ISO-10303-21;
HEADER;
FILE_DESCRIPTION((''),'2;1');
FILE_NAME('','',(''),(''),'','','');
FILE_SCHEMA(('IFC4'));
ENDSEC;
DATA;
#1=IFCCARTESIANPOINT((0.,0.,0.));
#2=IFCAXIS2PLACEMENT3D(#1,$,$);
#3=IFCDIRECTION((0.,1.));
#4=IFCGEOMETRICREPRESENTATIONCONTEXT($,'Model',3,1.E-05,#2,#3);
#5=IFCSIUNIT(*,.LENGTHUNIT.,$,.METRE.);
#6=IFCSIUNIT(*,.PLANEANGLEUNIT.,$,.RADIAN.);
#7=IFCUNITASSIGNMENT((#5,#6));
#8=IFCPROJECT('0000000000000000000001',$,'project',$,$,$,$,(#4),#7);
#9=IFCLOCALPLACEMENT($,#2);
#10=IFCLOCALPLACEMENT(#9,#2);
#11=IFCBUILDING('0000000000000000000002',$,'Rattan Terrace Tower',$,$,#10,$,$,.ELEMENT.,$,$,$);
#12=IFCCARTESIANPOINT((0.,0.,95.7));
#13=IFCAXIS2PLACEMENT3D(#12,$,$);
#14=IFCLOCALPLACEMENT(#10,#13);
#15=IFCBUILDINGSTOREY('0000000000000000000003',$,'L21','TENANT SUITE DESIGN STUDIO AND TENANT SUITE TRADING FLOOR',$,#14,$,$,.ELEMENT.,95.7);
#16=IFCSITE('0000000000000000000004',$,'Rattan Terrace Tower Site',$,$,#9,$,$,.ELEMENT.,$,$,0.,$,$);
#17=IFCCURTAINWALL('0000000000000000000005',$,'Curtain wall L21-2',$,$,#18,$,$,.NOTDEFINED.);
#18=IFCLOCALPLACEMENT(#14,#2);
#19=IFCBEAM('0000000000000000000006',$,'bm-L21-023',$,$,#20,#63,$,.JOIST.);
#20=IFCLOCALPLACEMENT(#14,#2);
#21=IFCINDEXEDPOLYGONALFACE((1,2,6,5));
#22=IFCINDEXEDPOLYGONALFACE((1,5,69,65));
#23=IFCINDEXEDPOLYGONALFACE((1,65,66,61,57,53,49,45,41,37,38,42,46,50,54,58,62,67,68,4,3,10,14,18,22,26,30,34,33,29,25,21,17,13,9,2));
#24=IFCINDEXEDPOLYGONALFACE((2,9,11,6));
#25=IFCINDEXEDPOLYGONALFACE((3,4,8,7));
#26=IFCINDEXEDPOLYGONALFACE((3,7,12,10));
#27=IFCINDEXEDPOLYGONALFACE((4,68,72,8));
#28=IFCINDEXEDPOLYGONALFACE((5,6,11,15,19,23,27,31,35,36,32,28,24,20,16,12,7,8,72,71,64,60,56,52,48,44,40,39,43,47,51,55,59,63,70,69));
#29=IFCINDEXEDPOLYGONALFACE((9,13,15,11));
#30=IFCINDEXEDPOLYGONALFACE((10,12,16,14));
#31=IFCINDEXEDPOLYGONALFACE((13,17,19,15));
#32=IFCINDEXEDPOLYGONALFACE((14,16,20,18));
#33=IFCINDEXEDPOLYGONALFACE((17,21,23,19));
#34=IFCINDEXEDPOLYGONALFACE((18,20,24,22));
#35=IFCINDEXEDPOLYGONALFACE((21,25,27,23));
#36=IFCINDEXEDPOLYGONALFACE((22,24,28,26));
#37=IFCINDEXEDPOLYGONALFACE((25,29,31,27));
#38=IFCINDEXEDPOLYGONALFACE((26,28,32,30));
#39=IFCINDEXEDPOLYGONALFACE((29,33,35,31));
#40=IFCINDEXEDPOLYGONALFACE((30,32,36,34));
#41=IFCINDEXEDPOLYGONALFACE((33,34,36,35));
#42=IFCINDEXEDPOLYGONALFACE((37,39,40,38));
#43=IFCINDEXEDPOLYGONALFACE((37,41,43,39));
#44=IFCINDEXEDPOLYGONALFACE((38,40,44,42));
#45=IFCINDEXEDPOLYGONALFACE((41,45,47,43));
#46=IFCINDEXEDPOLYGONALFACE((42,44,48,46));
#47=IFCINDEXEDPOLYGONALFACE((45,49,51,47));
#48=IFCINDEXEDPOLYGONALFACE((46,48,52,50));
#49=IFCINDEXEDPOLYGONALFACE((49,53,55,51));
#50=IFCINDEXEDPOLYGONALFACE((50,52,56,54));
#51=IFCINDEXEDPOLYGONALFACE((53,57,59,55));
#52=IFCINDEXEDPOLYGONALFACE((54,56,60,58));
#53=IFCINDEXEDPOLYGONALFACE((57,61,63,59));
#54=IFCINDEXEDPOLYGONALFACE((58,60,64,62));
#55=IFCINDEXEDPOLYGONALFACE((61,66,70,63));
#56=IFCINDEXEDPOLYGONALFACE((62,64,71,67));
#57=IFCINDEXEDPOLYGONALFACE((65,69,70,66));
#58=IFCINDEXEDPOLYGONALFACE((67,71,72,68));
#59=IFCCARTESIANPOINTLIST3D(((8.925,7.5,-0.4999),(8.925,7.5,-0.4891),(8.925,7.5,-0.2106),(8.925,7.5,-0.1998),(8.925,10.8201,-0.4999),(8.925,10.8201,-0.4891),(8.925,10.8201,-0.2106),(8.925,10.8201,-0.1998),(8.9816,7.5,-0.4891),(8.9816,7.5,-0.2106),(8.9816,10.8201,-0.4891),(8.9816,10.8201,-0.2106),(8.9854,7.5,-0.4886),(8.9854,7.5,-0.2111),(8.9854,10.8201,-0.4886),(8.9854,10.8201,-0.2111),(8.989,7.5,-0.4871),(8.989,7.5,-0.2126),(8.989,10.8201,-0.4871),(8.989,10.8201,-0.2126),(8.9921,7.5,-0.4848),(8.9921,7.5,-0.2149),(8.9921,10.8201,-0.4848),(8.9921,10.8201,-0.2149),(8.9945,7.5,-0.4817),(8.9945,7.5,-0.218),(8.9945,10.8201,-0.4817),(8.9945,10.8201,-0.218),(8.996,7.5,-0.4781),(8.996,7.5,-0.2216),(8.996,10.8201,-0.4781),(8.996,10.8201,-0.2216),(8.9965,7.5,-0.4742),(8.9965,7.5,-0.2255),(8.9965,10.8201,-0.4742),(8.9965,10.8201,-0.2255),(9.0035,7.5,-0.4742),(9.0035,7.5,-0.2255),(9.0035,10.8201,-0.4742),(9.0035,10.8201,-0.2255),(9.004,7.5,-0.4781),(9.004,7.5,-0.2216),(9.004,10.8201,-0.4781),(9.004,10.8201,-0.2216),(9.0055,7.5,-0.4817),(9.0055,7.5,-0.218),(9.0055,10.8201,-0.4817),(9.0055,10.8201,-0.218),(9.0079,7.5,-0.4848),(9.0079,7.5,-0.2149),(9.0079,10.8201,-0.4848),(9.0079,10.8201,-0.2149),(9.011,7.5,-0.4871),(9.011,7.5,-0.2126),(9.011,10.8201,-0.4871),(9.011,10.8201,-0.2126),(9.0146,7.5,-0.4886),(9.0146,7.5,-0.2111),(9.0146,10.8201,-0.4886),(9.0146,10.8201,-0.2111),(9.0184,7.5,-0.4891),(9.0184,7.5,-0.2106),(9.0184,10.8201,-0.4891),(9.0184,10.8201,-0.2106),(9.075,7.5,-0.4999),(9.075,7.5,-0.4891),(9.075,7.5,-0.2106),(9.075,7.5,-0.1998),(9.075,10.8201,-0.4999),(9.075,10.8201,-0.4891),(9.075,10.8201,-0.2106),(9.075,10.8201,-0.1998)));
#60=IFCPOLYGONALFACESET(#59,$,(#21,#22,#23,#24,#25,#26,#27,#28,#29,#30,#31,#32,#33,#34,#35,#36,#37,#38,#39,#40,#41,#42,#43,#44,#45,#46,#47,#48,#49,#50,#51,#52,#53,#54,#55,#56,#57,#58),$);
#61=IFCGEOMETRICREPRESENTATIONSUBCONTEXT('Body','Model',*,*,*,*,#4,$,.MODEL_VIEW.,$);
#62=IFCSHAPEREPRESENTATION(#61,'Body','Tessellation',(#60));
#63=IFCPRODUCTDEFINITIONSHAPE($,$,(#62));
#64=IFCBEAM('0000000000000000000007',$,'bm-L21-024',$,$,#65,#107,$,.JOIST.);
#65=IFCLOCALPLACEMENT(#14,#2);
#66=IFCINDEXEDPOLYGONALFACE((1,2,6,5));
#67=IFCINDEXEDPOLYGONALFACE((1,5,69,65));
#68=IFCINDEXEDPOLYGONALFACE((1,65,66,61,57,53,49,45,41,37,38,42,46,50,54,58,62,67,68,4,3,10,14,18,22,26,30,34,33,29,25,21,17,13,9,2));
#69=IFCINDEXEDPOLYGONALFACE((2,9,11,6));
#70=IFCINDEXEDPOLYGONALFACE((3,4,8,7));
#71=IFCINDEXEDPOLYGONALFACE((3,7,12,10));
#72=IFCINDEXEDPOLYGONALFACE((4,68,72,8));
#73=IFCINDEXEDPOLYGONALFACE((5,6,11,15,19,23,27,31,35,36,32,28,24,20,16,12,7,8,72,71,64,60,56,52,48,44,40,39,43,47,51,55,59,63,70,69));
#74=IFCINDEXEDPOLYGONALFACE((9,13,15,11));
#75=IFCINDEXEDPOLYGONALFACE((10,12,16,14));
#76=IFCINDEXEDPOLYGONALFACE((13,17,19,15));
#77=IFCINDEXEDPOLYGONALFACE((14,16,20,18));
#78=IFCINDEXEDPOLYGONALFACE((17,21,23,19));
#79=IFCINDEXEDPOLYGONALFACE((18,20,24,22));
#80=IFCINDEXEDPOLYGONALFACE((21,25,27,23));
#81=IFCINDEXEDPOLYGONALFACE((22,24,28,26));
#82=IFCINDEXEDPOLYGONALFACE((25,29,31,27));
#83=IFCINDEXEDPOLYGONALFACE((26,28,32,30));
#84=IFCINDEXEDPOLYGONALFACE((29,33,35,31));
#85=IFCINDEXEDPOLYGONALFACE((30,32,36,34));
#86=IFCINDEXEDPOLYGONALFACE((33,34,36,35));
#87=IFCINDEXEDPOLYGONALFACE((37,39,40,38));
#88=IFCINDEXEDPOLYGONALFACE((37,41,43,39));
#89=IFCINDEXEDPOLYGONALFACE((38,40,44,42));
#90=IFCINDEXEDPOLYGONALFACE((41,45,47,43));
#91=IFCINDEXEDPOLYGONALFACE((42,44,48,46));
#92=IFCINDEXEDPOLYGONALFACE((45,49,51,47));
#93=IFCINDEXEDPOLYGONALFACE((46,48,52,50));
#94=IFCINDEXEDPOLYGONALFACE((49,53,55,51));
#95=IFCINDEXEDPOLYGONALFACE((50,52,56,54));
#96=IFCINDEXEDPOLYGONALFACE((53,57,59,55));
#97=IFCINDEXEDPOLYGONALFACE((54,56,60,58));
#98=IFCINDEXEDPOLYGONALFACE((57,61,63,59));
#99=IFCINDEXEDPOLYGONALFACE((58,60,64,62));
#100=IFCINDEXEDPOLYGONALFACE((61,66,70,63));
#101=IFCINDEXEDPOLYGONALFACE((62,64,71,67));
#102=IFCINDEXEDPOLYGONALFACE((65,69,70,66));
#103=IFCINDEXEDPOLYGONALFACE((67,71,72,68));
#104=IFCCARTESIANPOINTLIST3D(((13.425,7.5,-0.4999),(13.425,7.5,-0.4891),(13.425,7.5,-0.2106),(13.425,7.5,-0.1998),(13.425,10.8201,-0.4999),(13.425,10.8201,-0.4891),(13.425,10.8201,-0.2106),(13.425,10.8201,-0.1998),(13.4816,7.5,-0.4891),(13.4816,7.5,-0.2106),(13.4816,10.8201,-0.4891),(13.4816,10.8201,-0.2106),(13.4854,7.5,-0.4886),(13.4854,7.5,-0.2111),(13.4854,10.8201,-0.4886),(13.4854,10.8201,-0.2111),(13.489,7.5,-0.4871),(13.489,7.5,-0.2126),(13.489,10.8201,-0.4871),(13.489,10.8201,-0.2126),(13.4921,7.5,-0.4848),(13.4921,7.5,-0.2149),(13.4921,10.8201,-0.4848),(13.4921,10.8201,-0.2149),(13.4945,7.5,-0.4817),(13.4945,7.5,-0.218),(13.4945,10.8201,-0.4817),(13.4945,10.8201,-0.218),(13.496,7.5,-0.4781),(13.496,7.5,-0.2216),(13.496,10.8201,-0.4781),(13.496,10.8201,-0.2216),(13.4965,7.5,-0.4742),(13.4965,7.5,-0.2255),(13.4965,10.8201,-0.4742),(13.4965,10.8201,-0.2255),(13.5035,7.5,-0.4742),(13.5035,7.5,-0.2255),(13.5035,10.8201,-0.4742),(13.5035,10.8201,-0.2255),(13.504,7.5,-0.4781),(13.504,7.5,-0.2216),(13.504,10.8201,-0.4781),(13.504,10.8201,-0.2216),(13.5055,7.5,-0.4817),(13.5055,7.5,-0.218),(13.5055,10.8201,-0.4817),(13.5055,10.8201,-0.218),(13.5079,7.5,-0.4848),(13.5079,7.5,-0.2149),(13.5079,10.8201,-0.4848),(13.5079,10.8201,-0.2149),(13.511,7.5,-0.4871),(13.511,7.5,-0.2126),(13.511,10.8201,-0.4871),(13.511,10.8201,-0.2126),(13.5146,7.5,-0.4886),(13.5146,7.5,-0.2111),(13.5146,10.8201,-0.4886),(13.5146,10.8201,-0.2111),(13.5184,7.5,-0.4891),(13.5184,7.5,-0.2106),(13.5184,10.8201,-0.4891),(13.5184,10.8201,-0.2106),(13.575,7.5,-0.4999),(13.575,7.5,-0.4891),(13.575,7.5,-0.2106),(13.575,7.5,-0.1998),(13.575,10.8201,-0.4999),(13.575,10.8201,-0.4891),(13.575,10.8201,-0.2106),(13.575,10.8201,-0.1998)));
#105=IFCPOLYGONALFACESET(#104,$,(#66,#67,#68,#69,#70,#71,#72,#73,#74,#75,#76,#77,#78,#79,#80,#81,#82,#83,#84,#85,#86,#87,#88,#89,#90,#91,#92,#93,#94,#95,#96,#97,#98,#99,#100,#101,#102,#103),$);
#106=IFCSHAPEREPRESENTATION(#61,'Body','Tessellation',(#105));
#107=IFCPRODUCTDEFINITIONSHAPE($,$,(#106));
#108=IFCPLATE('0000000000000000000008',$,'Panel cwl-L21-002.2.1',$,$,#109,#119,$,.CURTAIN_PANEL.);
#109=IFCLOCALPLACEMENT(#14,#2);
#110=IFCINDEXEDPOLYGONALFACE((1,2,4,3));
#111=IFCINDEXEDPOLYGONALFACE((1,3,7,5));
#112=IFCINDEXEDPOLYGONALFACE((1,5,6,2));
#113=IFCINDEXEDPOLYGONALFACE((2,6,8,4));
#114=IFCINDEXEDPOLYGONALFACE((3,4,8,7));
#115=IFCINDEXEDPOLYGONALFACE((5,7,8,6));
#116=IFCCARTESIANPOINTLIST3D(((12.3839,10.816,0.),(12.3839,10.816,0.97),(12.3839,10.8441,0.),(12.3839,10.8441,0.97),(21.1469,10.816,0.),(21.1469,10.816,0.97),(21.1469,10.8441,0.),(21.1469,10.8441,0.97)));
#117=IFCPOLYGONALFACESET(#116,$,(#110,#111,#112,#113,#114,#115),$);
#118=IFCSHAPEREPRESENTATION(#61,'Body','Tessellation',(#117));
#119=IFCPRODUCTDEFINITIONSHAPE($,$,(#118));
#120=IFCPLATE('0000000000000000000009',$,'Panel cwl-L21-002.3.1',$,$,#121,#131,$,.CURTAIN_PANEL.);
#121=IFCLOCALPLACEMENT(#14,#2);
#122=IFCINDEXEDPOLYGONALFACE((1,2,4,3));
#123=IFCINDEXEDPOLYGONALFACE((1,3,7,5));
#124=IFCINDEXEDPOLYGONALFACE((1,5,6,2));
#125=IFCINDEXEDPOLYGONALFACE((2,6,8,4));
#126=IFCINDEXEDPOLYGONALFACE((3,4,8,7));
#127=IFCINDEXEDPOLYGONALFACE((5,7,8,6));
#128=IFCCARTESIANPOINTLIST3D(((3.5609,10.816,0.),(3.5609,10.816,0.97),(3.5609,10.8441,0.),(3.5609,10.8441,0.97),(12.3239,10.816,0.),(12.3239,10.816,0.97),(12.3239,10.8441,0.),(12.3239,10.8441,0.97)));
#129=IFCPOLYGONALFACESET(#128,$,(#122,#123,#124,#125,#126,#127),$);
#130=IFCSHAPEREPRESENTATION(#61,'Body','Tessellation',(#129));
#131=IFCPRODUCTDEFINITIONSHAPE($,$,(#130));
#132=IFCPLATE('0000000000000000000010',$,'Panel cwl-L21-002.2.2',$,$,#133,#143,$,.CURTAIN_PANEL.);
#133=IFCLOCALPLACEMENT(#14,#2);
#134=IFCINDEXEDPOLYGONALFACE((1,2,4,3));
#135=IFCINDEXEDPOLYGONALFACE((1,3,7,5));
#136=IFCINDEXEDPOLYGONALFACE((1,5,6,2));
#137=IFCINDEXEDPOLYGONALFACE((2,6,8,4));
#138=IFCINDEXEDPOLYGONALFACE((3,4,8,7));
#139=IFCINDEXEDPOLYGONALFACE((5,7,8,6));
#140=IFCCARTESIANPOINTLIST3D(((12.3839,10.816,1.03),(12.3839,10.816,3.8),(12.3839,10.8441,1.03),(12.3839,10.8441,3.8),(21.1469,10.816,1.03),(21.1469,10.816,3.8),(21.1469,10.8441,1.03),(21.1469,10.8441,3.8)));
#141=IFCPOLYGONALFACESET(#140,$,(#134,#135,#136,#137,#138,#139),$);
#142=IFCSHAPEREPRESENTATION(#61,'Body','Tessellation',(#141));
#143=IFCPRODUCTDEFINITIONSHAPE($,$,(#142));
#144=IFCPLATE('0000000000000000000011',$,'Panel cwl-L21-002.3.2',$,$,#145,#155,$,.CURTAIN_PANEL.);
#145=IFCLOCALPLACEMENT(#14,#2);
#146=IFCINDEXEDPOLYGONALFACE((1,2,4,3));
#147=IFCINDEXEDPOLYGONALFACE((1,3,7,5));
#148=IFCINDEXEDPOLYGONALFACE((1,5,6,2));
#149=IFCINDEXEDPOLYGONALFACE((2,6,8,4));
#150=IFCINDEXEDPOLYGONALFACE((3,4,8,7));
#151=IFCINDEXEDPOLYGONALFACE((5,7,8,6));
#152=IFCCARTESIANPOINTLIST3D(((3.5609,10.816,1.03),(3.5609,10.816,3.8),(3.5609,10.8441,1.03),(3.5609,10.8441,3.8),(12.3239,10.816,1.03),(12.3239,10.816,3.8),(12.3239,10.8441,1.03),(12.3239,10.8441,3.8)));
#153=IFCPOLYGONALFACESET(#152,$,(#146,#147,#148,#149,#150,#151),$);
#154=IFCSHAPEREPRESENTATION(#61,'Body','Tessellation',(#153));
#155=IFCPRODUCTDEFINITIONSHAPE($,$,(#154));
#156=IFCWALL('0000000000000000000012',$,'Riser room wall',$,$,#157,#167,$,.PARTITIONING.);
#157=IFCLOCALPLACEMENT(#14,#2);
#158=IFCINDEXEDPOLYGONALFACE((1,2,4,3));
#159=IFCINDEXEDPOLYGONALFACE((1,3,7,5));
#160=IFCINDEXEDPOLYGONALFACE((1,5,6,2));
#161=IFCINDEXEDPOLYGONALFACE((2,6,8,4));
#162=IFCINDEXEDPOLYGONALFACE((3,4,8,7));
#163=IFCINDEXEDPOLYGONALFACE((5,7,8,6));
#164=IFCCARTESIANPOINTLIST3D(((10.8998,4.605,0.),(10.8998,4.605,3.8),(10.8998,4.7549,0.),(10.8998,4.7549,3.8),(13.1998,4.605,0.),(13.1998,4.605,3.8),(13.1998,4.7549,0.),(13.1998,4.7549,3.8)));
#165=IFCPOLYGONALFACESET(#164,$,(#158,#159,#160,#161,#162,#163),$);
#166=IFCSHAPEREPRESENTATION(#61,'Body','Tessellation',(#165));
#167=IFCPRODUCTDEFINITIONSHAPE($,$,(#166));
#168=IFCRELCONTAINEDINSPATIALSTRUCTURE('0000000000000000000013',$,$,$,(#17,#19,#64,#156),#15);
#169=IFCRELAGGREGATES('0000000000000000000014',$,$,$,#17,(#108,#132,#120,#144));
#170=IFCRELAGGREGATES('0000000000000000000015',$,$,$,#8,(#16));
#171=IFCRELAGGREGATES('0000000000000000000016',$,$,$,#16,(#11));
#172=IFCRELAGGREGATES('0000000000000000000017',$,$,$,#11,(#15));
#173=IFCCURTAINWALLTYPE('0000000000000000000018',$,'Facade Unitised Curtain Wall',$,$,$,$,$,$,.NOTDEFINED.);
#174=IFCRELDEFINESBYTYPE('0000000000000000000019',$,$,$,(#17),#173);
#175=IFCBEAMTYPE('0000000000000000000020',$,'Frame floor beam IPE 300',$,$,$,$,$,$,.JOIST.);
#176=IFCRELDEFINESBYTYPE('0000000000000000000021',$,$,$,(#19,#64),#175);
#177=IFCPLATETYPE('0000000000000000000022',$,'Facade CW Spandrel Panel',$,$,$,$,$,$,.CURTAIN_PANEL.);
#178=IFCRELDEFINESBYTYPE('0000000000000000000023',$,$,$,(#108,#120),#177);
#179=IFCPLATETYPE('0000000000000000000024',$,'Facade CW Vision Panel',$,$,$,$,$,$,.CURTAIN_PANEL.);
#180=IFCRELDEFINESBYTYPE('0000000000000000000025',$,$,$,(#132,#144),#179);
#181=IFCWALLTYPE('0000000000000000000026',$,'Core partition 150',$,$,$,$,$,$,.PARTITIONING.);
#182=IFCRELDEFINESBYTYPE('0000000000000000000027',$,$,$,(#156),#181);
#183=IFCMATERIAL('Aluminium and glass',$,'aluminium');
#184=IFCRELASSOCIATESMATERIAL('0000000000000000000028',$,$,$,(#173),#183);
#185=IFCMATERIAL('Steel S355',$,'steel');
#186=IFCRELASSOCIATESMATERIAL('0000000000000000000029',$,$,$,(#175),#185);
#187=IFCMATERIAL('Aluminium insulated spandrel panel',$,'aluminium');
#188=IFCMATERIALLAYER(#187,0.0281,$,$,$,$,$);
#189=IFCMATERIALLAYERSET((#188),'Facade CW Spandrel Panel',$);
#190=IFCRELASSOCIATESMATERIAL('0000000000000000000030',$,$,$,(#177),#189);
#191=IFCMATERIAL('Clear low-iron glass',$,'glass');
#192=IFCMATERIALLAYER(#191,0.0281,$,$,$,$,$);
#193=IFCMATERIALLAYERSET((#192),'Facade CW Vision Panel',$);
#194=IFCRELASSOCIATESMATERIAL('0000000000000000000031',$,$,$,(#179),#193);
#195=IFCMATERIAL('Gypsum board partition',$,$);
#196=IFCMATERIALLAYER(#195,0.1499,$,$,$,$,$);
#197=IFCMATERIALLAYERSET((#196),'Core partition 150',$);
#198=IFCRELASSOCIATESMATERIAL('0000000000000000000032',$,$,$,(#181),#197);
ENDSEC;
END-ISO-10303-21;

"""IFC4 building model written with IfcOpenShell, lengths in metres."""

from ifc_helpers import new_model, si_unit, direction, frame, frame_2d, origin, origin_2d, place, context, subcontext, project, spatial, rectangle, i_section, extrude, material, layer, layer_set, material_profile, profile_set, type_object, element, aggregate, save


model = new_model("IFC4")

# Units and contexts
model_context = context("Model", 3, precision=1e-05, world=origin(), true_north=direction((0.0, 1.0)))
body_context = subcontext(model_context, "Body", "Model", "MODEL_VIEW")
ifc_project = project(units=[si_unit("LENGTHUNIT", "METRE"), si_unit("PLANEANGLEUNIT", "RADIAN")], contexts=[model_context])

# Site, building, storey
site_placement = place(None, origin())
site = spatial("IfcSite", under=ifc_project, at=site_placement, Name="Rattan Terrace Tower Site", CompositionType="ELEMENT", RefElevation=0.0)
building_placement = place(site_placement, origin())
building = spatial("IfcBuilding", under=site, at=building_placement, Name="Rattan Terrace Tower", CompositionType="ELEMENT")
storey_placement = place(building_placement, frame((0.0, 0.0, 95.7)))
storey = spatial("IfcBuildingStorey", under=building, at=storey_placement, Name="L21", Description="TENANT SUITE DESIGN STUDIO AND TENANT SUITE TRADING FLOOR", CompositionType="ELEMENT", Elevation=95.7)

# Curtain wall
ifc_material_1 = material(Name="Aluminium and glass", Category="aluminium")
curtain_wall_type = type_object("IfcCurtainWallType", Name="Facade Unitised Curtain Wall", PredefinedType="NOTDEFINED", material=ifc_material_1)
curtain_wall_placement = place(storey_placement, origin())
curtain_wall = element("IfcCurtainWall", 1, at=curtain_wall_placement, inside=storey, type_object=curtain_wall_type, Name="Curtain wall L21-2", PredefinedType="NOTDEFINED")

# Beams
ifc_material_2 = material(Name="Steel S355", Category="steel")
ifc_material_profile_1 = material_profile(ifc_material_2, i_section(OverallWidth=0.1499, OverallDepth=0.3, WebThickness=0.0071, FlangeThickness=0.0107, FilletRadius=0.0149, at=origin_2d()), Name="IPE 300")
ifc_profile_set_1 = profile_set([ifc_material_profile_1], Name="Steel S355")
beam_type_1 = type_object("IfcBeamType", Name="Frame floor beam IPE 300", PredefinedType="JOIST", material=ifc_profile_set_1)
for number, where, z_axis, x_axis, name in (
    (2, (9.0, 7.5, -0.3499), (0.0, 1.0, 0.0), (-1.0, 0.0, 0.0), "bm-L21-023"),
    (3, (13.5, 7.5, -0.3499), (0.0, 1.0, 0.0), (-1.0, 0.0, 0.0), "bm-L21-024"),
):
    element("IfcBeam", number, at=place(storey_placement, frame(where, z_axis=z_axis, x_axis=x_axis)), inside=storey, type_object=beam_type_1, Name=name, PredefinedType="JOIST", context=body_context, shape_type="SweptSolid", body=[
        extrude(i_section(OverallWidth=0.1499, OverallDepth=0.3, WebThickness=0.0071, FlangeThickness=0.0107, FilletRadius=0.0149, at=origin_2d()), origin(), (0.0, 0.0, 1.0), 3.3201),
    ])

# Plates
ifc_material_3 = material(Name="Aluminium insulated spandrel panel", Category="aluminium")
ifc_layer_1 = layer(ifc_material_3, 0.0281)
ifc_layer_set_1 = layer_set([ifc_layer_1], Name="Facade CW Spandrel Panel")
plate_type_1 = type_object("IfcPlateType", Name="Facade CW Spandrel Panel", PredefinedType="CURTAIN_PANEL", material=ifc_layer_set_1)
plate_1_placement = place(storey_placement, frame((16.7654, 10.8301, 0.0), z_axis=(0.0, 0.0, 1.0), x_axis=(-1.0, 0.0, 0.0)))
plate_1 = element("IfcPlate", 4, at=plate_1_placement, type_object=plate_type_1, Name="Panel cwl-L21-002.2.1", PredefinedType="CURTAIN_PANEL", context=body_context, shape_type="SweptSolid", body=[
    extrude(rectangle(XDim=8.7629, YDim=0.0281, at=origin_2d()), origin(), (0.0, 0.0, 1.0), 0.97),
])
plate_2_placement = place(storey_placement, frame((7.9424, 10.8301, 0.0), z_axis=(0.0, 0.0, 1.0), x_axis=(-1.0, 0.0, 0.0)))
plate_2 = element("IfcPlate", 5, at=plate_2_placement, type_object=plate_type_1, Name="Panel cwl-L21-002.3.1", PredefinedType="CURTAIN_PANEL", context=body_context, shape_type="SweptSolid", body=[
    extrude(rectangle(XDim=8.7629, YDim=0.0281, at=origin_2d()), origin(), (0.0, 0.0, 1.0), 0.97),
])
ifc_material_4 = material(Name="Clear low-iron glass", Category="glass")
ifc_layer_2 = layer(ifc_material_4, 0.0281)
ifc_layer_set_2 = layer_set([ifc_layer_2], Name="Facade CW Vision Panel")
plate_type_2 = type_object("IfcPlateType", Name="Facade CW Vision Panel", PredefinedType="CURTAIN_PANEL", material=ifc_layer_set_2)
plate_3_placement = place(storey_placement, frame((16.7654, 10.8301, 1.03), z_axis=(0.0, 0.0, 1.0), x_axis=(-1.0, 0.0, 0.0)))
plate_3 = element("IfcPlate", 6, at=plate_3_placement, type_object=plate_type_2, Name="Panel cwl-L21-002.2.2", PredefinedType="CURTAIN_PANEL", context=body_context, shape_type="SweptSolid", body=[
    extrude(rectangle(XDim=8.7629, YDim=0.0281, at=origin_2d()), origin(), (0.0, 0.0, 1.0), 2.77),
])
plate_4_placement = place(storey_placement, frame((7.9424, 10.8301, 1.03), z_axis=(0.0, 0.0, 1.0), x_axis=(-1.0, 0.0, 0.0)))
plate_4 = element("IfcPlate", 7, at=plate_4_placement, type_object=plate_type_2, Name="Panel cwl-L21-002.3.2", PredefinedType="CURTAIN_PANEL", context=body_context, shape_type="SweptSolid", body=[
    extrude(rectangle(XDim=8.7629, YDim=0.0281, at=origin_2d()), origin(), (0.0, 0.0, 1.0), 2.77),
])
aggregate(curtain_wall, [plate_1, plate_3, plate_2, plate_4])

# Wall
ifc_material_5 = material(Name="Gypsum board partition")
ifc_layer_3 = layer(ifc_material_5, 0.1499)
ifc_layer_set_3 = layer_set([ifc_layer_3], Name="Core partition 150")
wall_type = type_object("IfcWallType", Name="Core partition 150", PredefinedType="PARTITIONING", material=ifc_layer_set_3)
wall_placement = place(storey_placement, frame((10.8999, 4.6799, 0.0), z_axis=(0.0, 0.0, 1.0), x_axis=(1.0, 0.0, 0.0)))
element("IfcWall", 8, at=wall_placement, inside=storey, type_object=wall_type, Name="Riser room wall", PredefinedType="PARTITIONING", context=body_context, shape_type="SweptSolid", body=[
    extrude(rectangle(XDim=2.3, YDim=0.1499, at=frame_2d((1.1499, 0.0))), origin(), (0.0, 0.0, 1.0), 3.8),
])

save(model, "model.ifc")
